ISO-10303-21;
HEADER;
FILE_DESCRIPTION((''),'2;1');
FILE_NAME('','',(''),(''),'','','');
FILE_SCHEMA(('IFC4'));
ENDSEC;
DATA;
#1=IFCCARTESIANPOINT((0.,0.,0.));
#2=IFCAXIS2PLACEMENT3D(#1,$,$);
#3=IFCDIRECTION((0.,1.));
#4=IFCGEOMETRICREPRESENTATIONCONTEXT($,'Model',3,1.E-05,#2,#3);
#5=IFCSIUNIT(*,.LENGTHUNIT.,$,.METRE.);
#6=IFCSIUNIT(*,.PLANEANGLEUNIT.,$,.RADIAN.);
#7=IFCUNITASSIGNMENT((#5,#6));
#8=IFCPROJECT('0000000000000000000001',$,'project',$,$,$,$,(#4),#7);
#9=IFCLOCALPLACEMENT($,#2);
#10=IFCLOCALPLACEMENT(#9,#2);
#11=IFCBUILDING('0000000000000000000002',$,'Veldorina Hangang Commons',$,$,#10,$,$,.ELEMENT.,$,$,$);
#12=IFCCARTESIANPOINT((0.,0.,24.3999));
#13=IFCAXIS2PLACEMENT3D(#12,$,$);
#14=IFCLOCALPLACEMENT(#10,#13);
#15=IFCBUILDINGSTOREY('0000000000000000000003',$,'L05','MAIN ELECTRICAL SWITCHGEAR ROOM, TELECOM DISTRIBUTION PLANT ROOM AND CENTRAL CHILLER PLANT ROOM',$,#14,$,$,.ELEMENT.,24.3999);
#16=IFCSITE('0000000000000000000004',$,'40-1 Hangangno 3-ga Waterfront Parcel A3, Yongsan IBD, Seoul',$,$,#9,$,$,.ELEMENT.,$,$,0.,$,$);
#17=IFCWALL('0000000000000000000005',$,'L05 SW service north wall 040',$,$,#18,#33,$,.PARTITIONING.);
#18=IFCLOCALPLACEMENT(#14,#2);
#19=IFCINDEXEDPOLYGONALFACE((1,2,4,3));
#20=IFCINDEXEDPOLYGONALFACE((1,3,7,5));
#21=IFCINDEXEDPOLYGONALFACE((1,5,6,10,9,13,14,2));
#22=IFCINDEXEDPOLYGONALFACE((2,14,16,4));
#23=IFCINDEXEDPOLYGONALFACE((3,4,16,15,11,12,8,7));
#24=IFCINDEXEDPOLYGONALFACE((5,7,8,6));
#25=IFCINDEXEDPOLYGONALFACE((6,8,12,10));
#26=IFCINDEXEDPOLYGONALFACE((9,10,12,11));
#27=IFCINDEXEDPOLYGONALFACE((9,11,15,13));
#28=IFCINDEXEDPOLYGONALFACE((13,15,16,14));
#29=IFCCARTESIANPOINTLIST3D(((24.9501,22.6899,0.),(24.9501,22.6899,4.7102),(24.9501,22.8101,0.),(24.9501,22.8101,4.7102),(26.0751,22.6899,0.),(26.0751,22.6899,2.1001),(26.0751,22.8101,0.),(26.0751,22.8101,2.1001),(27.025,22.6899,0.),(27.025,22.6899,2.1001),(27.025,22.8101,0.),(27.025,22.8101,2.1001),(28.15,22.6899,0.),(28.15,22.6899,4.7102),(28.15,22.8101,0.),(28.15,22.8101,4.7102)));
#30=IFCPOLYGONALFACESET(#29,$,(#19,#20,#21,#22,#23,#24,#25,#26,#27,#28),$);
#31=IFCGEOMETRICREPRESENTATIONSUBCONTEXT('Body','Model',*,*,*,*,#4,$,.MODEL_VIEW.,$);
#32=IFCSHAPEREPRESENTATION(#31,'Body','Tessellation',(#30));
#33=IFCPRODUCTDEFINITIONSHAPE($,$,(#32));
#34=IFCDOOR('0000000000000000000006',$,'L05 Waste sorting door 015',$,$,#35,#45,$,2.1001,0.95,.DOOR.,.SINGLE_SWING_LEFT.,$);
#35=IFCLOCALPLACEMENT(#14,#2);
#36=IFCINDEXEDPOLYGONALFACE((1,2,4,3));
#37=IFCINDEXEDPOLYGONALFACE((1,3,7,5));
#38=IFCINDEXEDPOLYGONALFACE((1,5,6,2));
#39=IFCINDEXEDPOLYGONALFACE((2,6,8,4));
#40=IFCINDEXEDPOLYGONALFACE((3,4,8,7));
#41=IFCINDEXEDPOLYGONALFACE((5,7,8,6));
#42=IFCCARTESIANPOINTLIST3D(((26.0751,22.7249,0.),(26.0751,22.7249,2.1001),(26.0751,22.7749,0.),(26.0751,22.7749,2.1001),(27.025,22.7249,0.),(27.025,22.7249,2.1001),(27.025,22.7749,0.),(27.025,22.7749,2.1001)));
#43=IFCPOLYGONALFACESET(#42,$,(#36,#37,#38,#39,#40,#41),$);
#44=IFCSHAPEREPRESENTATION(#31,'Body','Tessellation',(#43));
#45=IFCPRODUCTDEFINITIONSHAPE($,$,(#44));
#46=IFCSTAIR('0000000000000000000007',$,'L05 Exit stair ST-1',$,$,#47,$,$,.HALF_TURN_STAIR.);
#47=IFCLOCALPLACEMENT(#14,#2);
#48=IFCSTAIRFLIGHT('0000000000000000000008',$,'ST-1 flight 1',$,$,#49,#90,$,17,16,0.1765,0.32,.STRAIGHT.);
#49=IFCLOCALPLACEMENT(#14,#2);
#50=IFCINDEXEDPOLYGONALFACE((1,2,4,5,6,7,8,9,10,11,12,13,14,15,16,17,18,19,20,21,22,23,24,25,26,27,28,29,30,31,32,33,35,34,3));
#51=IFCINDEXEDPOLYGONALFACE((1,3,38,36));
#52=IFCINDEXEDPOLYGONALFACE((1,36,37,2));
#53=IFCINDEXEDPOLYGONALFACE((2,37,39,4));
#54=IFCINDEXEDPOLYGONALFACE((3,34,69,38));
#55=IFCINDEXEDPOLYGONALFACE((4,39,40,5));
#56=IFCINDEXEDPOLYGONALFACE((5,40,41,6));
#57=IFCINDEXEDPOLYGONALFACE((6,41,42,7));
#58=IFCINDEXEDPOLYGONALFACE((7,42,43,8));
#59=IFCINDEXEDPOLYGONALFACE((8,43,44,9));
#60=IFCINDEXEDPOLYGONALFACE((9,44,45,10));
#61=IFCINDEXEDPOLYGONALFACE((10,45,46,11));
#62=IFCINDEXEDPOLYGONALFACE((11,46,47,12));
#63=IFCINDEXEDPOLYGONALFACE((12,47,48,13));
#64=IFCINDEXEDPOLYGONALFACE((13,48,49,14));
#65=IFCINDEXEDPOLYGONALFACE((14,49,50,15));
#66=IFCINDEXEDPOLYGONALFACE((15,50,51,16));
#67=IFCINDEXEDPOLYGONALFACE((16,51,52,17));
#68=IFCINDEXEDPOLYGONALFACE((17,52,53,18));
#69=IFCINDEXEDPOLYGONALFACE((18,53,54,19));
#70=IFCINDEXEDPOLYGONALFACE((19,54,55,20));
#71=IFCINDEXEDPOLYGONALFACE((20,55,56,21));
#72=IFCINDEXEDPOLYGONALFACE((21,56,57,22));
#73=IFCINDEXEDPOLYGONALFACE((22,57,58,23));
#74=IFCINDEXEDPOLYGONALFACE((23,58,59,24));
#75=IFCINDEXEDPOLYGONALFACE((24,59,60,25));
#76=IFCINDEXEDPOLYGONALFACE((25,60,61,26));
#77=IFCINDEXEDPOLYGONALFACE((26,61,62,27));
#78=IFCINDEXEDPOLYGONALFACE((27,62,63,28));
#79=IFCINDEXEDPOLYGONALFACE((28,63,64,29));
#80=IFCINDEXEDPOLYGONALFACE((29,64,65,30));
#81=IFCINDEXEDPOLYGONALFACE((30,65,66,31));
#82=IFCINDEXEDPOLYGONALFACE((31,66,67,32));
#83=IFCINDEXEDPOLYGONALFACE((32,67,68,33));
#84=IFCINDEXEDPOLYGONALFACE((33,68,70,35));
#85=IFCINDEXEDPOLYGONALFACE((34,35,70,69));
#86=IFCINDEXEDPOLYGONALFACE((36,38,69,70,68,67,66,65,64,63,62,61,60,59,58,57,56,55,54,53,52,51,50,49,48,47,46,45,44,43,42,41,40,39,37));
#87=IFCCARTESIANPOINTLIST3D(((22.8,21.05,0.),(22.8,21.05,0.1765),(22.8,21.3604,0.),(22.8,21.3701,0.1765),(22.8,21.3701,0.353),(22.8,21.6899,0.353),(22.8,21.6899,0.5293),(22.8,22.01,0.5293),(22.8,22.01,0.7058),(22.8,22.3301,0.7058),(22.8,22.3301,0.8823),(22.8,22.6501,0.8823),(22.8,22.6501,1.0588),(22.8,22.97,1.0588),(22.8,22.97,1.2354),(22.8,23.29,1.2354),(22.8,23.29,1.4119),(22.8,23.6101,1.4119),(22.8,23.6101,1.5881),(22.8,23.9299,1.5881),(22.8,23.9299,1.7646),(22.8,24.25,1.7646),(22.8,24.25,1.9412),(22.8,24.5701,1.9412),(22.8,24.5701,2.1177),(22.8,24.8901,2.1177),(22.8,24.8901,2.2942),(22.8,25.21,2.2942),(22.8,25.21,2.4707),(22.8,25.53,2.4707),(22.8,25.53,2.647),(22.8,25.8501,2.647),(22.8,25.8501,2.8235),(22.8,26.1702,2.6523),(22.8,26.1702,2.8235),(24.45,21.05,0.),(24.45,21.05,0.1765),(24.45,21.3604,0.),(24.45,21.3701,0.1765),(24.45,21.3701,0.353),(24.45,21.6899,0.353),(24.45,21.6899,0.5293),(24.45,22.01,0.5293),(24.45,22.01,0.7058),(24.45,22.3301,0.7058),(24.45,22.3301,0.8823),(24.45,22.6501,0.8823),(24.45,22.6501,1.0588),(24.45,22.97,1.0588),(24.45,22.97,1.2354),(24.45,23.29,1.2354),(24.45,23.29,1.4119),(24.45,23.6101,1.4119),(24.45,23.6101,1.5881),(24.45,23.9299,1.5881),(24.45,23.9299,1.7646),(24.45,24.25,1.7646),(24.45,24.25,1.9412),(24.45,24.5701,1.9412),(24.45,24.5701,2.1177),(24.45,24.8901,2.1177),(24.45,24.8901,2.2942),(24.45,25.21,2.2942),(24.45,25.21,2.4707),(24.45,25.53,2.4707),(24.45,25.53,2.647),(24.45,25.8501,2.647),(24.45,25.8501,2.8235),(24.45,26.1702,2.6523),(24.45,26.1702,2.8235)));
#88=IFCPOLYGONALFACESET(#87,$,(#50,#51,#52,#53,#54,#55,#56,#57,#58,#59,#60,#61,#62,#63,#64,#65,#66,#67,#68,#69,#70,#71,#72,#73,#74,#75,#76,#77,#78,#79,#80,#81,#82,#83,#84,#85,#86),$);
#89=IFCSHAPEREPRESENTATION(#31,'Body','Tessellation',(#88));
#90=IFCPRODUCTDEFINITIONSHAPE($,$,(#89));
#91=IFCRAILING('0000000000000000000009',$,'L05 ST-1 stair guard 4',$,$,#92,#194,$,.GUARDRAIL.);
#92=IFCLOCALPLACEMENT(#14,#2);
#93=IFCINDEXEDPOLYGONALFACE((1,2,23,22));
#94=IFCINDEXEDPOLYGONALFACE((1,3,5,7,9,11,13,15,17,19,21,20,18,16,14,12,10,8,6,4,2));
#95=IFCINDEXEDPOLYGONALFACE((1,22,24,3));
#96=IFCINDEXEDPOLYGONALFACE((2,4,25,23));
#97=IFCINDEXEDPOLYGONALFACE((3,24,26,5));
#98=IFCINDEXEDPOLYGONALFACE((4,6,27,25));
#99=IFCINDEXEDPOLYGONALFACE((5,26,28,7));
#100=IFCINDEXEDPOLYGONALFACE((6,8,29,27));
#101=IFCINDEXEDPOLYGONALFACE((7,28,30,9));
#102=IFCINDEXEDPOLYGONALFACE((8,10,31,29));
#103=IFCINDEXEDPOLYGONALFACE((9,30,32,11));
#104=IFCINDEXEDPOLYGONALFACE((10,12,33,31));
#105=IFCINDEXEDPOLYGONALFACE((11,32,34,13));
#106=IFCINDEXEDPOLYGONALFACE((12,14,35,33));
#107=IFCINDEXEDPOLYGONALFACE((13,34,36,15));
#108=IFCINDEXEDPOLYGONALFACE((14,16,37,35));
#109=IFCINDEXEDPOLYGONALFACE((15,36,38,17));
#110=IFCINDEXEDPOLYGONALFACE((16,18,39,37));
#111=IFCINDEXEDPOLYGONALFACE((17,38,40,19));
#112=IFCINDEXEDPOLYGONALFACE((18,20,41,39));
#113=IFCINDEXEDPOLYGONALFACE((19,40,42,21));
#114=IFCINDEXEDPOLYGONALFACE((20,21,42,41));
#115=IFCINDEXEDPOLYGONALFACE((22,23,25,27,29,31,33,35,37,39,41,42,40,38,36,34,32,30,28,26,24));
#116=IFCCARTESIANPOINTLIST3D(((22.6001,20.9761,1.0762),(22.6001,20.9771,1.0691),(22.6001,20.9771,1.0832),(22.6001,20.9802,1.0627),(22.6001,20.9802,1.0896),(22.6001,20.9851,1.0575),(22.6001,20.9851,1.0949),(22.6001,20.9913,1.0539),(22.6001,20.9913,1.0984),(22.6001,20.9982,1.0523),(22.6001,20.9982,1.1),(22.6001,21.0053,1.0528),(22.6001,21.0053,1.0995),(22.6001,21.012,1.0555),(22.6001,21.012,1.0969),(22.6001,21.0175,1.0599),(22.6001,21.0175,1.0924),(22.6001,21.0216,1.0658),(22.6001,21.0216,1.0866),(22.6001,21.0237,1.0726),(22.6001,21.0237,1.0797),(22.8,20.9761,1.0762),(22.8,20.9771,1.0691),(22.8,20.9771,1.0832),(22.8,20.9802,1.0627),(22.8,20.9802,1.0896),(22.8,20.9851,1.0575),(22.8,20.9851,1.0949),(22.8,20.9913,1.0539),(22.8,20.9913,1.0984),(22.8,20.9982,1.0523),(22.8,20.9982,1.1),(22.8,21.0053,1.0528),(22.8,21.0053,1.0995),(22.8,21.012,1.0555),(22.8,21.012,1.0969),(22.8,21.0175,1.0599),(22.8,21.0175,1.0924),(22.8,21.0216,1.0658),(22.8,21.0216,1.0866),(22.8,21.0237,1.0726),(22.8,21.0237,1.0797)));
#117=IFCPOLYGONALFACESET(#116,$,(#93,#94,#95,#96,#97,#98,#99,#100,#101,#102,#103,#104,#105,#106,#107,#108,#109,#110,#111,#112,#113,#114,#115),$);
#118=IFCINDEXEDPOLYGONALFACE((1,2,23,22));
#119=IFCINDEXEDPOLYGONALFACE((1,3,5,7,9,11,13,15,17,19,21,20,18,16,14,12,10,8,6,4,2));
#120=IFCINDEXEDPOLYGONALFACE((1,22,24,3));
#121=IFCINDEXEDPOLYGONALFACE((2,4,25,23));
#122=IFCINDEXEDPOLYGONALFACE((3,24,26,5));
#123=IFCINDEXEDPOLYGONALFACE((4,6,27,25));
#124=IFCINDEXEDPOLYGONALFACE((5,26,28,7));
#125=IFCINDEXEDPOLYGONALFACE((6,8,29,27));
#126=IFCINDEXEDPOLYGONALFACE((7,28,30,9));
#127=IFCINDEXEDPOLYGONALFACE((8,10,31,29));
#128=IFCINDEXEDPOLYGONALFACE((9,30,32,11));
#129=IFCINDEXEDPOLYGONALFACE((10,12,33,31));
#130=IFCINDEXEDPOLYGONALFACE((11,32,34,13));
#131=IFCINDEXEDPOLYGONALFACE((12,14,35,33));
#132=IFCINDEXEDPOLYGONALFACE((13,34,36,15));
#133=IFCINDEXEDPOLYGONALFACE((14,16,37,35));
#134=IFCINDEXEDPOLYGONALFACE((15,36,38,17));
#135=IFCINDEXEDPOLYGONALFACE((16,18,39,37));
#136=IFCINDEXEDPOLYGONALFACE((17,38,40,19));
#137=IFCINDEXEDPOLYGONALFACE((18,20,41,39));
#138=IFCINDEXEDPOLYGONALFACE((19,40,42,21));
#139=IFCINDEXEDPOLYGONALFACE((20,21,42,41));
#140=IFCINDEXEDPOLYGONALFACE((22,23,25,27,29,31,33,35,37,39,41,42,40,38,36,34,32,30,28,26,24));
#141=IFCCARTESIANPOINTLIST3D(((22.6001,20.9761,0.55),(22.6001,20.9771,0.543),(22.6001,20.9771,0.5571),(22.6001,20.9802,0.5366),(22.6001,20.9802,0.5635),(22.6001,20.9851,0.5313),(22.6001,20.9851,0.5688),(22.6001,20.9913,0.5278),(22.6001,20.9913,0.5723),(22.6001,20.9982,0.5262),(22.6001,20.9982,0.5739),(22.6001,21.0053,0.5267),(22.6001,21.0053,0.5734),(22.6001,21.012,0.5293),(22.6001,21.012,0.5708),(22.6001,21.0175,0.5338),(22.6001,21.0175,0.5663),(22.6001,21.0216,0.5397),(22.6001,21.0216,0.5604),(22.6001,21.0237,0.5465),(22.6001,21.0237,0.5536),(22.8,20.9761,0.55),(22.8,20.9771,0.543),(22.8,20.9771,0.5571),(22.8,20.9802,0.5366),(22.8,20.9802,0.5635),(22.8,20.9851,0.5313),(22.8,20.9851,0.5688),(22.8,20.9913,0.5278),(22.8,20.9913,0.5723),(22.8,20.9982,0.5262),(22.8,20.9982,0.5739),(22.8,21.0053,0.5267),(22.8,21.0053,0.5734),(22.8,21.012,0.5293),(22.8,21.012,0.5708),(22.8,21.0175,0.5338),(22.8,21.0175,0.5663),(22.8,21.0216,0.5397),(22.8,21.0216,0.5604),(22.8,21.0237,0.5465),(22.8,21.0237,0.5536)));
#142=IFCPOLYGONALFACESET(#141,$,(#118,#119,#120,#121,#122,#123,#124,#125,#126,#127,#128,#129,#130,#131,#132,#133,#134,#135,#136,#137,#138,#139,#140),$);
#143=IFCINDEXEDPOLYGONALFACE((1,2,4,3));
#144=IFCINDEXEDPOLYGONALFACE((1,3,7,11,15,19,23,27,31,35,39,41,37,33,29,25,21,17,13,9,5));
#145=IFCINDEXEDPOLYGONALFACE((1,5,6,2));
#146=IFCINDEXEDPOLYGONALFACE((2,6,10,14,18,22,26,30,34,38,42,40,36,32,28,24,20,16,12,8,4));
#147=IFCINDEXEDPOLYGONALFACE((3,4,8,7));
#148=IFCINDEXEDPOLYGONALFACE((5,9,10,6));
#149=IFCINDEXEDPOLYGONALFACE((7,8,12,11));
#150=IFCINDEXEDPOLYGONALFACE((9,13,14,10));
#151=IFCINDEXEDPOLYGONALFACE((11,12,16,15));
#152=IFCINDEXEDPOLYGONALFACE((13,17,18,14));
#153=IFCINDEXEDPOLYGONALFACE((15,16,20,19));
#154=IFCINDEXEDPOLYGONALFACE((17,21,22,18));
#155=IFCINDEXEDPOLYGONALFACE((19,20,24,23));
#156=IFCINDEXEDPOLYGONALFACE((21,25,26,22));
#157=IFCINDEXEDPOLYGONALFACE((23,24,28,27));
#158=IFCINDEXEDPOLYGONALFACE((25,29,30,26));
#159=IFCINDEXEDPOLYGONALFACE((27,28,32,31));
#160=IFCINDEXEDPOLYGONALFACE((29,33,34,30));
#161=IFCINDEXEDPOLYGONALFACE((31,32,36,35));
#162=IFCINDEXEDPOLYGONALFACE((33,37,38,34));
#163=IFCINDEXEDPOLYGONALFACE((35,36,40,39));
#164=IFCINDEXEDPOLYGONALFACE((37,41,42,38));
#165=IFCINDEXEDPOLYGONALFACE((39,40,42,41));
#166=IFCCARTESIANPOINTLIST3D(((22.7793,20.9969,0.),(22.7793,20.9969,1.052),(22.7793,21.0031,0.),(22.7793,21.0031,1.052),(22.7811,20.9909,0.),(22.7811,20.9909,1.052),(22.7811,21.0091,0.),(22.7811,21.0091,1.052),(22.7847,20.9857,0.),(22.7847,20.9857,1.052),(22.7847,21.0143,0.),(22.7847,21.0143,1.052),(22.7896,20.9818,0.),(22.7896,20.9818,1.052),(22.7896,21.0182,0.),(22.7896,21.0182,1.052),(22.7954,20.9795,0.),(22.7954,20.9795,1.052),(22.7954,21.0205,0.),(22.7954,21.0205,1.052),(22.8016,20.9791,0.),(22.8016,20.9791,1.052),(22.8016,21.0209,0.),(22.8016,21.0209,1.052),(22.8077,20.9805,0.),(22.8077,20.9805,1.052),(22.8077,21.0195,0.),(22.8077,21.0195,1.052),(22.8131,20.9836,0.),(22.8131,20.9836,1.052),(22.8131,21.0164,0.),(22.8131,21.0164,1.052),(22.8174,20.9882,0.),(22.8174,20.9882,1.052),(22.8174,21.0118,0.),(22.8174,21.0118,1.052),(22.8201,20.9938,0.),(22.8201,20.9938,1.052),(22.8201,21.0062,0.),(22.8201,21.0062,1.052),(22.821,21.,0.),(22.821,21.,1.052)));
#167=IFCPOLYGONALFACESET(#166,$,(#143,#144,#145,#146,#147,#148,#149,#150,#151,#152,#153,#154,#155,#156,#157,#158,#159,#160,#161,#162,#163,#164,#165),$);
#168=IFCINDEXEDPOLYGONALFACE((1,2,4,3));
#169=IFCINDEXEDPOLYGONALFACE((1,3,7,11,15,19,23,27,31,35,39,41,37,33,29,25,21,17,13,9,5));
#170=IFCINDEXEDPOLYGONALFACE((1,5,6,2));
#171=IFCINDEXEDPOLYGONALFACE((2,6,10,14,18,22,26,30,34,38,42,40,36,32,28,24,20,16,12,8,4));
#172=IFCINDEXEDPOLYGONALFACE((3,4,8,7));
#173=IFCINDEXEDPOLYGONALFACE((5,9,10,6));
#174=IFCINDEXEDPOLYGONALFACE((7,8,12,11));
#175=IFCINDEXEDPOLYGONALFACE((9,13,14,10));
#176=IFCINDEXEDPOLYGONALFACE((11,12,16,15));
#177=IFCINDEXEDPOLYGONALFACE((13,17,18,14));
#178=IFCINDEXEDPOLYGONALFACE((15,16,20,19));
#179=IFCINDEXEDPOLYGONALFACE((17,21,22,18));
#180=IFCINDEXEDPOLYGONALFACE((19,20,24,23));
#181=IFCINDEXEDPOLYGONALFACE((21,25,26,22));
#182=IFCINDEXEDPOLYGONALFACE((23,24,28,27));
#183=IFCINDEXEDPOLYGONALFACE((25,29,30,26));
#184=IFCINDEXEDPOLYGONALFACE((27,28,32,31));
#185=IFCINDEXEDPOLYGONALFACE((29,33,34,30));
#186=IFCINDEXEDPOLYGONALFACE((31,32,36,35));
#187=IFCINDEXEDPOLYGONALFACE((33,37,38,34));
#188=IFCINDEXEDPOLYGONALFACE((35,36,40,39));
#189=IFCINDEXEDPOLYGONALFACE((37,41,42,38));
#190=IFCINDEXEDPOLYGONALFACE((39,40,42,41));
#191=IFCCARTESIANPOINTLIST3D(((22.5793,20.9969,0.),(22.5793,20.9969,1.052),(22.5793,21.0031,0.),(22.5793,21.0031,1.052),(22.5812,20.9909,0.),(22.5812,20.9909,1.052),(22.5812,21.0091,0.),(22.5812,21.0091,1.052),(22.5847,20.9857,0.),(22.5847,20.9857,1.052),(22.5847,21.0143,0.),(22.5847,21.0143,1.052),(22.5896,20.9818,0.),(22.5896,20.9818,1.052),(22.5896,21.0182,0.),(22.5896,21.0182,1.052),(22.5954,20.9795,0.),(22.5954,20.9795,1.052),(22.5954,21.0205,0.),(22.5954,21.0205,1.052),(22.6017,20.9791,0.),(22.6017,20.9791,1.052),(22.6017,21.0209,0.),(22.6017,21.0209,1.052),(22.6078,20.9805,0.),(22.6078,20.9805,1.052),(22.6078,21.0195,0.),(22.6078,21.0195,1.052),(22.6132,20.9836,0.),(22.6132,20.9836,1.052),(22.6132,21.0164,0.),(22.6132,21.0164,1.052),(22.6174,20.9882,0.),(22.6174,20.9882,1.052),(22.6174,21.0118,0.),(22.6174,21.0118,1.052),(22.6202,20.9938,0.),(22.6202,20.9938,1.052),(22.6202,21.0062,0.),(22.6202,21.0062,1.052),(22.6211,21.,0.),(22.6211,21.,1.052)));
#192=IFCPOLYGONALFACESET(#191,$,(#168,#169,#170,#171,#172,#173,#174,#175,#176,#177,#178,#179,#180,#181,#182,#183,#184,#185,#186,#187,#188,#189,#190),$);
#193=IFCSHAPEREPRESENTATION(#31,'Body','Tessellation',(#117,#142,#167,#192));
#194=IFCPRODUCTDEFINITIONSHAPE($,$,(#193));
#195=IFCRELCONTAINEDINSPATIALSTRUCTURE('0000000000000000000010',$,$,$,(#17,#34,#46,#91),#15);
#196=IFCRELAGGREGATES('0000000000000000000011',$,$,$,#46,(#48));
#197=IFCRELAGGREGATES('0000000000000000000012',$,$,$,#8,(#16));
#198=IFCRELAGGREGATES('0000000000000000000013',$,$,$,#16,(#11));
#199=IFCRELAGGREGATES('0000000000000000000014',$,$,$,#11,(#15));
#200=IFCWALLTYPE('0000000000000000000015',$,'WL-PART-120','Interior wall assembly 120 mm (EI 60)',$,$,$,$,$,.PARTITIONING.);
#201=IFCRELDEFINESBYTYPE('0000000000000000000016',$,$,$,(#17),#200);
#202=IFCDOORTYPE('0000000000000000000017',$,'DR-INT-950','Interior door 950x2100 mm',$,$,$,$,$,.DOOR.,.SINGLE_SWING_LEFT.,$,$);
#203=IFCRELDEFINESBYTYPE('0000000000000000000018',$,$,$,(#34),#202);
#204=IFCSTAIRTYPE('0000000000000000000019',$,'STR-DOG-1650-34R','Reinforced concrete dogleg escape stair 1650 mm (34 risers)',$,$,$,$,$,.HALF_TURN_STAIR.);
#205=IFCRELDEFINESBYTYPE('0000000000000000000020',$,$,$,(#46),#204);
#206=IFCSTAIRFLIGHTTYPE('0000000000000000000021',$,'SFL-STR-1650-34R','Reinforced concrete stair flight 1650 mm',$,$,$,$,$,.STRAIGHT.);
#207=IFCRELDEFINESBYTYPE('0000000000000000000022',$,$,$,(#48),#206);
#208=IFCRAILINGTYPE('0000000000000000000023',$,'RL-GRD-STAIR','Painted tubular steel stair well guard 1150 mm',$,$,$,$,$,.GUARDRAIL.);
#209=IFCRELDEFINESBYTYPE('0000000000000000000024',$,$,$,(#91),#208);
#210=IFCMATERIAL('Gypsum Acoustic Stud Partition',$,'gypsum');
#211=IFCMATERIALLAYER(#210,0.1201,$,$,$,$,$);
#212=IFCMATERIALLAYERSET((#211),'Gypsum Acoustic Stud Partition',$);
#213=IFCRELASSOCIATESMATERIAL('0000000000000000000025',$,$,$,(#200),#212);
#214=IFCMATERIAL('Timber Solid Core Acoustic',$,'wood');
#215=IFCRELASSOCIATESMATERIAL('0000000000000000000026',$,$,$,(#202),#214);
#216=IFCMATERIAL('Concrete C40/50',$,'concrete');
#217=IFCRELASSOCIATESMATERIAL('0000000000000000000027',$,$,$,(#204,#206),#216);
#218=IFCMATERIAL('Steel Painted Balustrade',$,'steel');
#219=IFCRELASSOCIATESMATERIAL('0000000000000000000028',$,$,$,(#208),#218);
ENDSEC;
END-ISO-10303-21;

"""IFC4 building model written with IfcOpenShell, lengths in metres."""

from ifc_helpers import new_model, si_unit, direction, frame, frame_2d, origin, origin_2d, place, context, subcontext, project, spatial, polyline, rectangle, circle, outline, extrude, material, layer, layer_set, type_object, element, fill, aggregate, save


model = new_model("IFC4")

# Units and contexts
model_context = context("Model", 3, precision=1e-05, world=origin(), true_north=direction((0.0, 1.0)))
body_context = subcontext(model_context, "Body", "Model", "MODEL_VIEW")
ifc_project = project(units=[si_unit("LENGTHUNIT", "METRE"), si_unit("PLANEANGLEUNIT", "RADIAN")], contexts=[model_context])

# Site, building, storey
site_placement = place(None, origin())
site = spatial("IfcSite", under=ifc_project, at=site_placement, Name="40-1 Hangangno 3-ga Waterfront Parcel A3, Yongsan IBD, Seoul", CompositionType="ELEMENT", RefElevation=0.0)
building_placement = place(site_placement, origin())
building = spatial("IfcBuilding", under=site, at=building_placement, Name="Veldorina Hangang Commons", CompositionType="ELEMENT")
storey_placement = place(building_placement, frame((0.0, 0.0, 24.3999)))
storey = spatial("IfcBuildingStorey", under=building, at=storey_placement, Name="L05", Description="MAIN ELECTRICAL SWITCHGEAR ROOM, TELECOM DISTRIBUTION PLANT ROOM AND CENTRAL CHILLER PLANT ROOM", CompositionType="ELEMENT", Elevation=24.3999)

# Wall, opening, door
ifc_material_1 = material(Name="Gypsum Acoustic Stud Partition", Category="gypsum")
ifc_layer_1 = layer(ifc_material_1, 0.1201)
ifc_layer_set_1 = layer_set([ifc_layer_1], Name="Gypsum Acoustic Stud Partition")
wall_type_1 = type_object("IfcWallType", Name="WL-PART-120", Description="Interior wall assembly 120 mm (EI 60)", PredefinedType="PARTITIONING", material=ifc_layer_set_1)
wall_1_placement = place(storey_placement, frame((24.95, 22.75, 0.0), z_axis=(0.0, 0.0, 1.0), x_axis=(1.0, 0.0, 0.0)))
wall_1 = element("IfcWall", 1, at=wall_1_placement, inside=storey, type_object=wall_type_1, Name="L05 SW service north wall 040", PredefinedType="PARTITIONING", context=body_context, shape_type="SweptSolid", body=[
    extrude(rectangle(XDim=3.2, YDim=0.1201, at=frame_2d((1.6001, 0.0))), origin(), (0.0, 0.0, 1.0), 4.7102),
])
opening_1_placement = place(wall_1_placement, frame((1.125, 0.0, 0.0)))
opening_1 = element("IfcOpeningElement", 2, at=opening_1_placement, cuts=wall_1, PredefinedType="OPENING", context=body_context, shape_type="SweptSolid", body=[
    extrude(rectangle(XDim=0.95, YDim=2.1001, at=frame_2d((0.4751, 1.05))), frame((0.0, 0.0701, 0.0), z_axis=(0.0, -1.0, 0.0), x_axis=(1.0, 0.0, 0.0)), (0.0, 0.0, 1.0), 0.1401),
])
ifc_material_2 = material(Name="Timber Solid Core Acoustic", Category="wood")
door_type_1 = type_object("IfcDoorType", Name="DR-INT-950", Description="Interior door 950x2100 mm", OperationType="SINGLE_SWING_LEFT", PredefinedType="DOOR", material=ifc_material_2)
door_1_placement = place(opening_1_placement, origin())
door_1 = element("IfcDoor", 3, at=door_1_placement, inside=storey, type_object=door_type_1, Name="L05 Waste sorting door 015", OperationType="SINGLE_SWING_LEFT", OverallHeight=2.1001, OverallWidth=0.95, PredefinedType="DOOR", context=body_context, shape_type="SweptSolid", body=[
    extrude(rectangle(XDim=0.95, YDim=2.1001, at=frame_2d((0.4751, 1.05))), frame((0.0, 0.0249, 0.0), z_axis=(0.0, -1.0, 0.0), x_axis=(1.0, 0.0, 0.0)), (0.0, 0.0, 1.0), 0.05),
])
fill(opening_1, door_1)

# Stair, stair flight
ifc_material_3 = material(Name="Concrete C40/50", Category="concrete")
stair_type = type_object("IfcStairType", Name="STR-DOG-1650-34R", Description="Reinforced concrete dogleg escape stair 1650 mm (34 risers)", PredefinedType="HALF_TURN_STAIR", material=ifc_material_3)
stair_placement = place(storey_placement, origin())
stair = element("IfcStair", 4, at=stair_placement, inside=storey, type_object=stair_type, Name="L05 Exit stair ST-1", PredefinedType="HALF_TURN_STAIR")
stair_flight_type = type_object("IfcStairFlightType", Name="SFL-STR-1650-34R", Description="Reinforced concrete stair flight 1650 mm", PredefinedType="STRAIGHT", material=ifc_material_3)
stair_flight_placement = place(storey_placement, frame((23.625, 21.05, 0.0), z_axis=(0.0, 0.0, 1.0), x_axis=(0.0, 1.0, 0.0)))
stair_flight = element("IfcStairFlight", 5, at=stair_flight_placement, type_object=stair_flight_type, Name="ST-1 flight 1", NumberOfRisers=17, NumberOfTreads=16, PredefinedType="STRAIGHT", RiserHeight=0.1765, TreadLength=0.32, context=body_context, shape_type="SweptSolid", body=[
    extrude(outline(polyline([(0.0, 0.0), (0.0, 0.1765), (0.3201, 0.1765), (0.3201, 0.353), (0.6399, 0.353), (0.6399, 0.5293), (0.96, 0.5293), (0.96, 0.7058), (1.28, 0.7058), (1.28, 0.8823), (1.6001, 0.8823), (1.6001, 1.0588), (1.9199, 1.0588), (1.9199, 1.2354), (2.24, 1.2354), (2.24, 1.4119), (2.5601, 1.4119), (2.5601, 1.5881), (2.8799, 1.5881), (2.8799, 1.7646), (3.2, 1.7646), (3.2, 1.9412), (3.52, 1.9412), (3.52, 2.1177), (3.8401, 2.1177), (3.8401, 2.2942), (4.1599, 2.2942), (4.1599, 2.4707), (4.48, 2.4707), (4.48, 2.647), (4.8, 2.647), (4.8, 2.8235), (5.1201, 2.8235), (5.1201, 3.0), (5.1201, 2.6523), (0.3103, 0.0), (0.0, 0.0)])), frame((0.0, 0.825, 0.0), z_axis=(0.0, -1.0, 0.0), x_axis=(1.0, 0.0, 0.0)), (0.0, 0.0, 1.0), 1.6499),
])
aggregate(stair, [stair_flight])

# Railing
ifc_material_4 = material(Name="Steel Painted Balustrade", Category="steel")
railing_type_1 = type_object("IfcRailingType", Name="RL-GRD-STAIR", Description="Painted tubular steel stair well guard 1150 mm", PredefinedType="GUARDRAIL", material=ifc_material_4)
railing_1_placement = place(storey_placement, frame((22.8, 21.0, 0.0)))
element("IfcRailing", 6, at=railing_1_placement, inside=storey, type_object=railing_type_1, Name="L05 ST-1 stair guard 4", PredefinedType="GUARDRAIL", context=body_context, shape_type="SweptSolid", body=[
    extrude(circle(Radius=0.0239, at=origin_2d()), frame((0.0, 0.0, 1.0762), z_axis=(-1.0, 0.0, 0.0), x_axis=(0.0, -1.0, 0.0)), (0.0, 0.0, 1.0), 0.2),
    extrude(circle(Radius=0.0239, at=origin_2d()), frame((0.0, 0.0, 0.55), z_axis=(-1.0, 0.0, 0.0), x_axis=(0.0, -1.0, 0.0)), (0.0, 0.0, 1.0), 0.2),
    extrude(circle(Radius=0.021, at=origin_2d()), origin(), (0.0, 0.0, 1.0), 1.052),
    extrude(circle(Radius=0.021, at=origin_2d()), frame((-0.2, 0.0, 0.0)), (0.0, 0.0, 1.0), 1.052),
])

save(model, "model.ifc")
